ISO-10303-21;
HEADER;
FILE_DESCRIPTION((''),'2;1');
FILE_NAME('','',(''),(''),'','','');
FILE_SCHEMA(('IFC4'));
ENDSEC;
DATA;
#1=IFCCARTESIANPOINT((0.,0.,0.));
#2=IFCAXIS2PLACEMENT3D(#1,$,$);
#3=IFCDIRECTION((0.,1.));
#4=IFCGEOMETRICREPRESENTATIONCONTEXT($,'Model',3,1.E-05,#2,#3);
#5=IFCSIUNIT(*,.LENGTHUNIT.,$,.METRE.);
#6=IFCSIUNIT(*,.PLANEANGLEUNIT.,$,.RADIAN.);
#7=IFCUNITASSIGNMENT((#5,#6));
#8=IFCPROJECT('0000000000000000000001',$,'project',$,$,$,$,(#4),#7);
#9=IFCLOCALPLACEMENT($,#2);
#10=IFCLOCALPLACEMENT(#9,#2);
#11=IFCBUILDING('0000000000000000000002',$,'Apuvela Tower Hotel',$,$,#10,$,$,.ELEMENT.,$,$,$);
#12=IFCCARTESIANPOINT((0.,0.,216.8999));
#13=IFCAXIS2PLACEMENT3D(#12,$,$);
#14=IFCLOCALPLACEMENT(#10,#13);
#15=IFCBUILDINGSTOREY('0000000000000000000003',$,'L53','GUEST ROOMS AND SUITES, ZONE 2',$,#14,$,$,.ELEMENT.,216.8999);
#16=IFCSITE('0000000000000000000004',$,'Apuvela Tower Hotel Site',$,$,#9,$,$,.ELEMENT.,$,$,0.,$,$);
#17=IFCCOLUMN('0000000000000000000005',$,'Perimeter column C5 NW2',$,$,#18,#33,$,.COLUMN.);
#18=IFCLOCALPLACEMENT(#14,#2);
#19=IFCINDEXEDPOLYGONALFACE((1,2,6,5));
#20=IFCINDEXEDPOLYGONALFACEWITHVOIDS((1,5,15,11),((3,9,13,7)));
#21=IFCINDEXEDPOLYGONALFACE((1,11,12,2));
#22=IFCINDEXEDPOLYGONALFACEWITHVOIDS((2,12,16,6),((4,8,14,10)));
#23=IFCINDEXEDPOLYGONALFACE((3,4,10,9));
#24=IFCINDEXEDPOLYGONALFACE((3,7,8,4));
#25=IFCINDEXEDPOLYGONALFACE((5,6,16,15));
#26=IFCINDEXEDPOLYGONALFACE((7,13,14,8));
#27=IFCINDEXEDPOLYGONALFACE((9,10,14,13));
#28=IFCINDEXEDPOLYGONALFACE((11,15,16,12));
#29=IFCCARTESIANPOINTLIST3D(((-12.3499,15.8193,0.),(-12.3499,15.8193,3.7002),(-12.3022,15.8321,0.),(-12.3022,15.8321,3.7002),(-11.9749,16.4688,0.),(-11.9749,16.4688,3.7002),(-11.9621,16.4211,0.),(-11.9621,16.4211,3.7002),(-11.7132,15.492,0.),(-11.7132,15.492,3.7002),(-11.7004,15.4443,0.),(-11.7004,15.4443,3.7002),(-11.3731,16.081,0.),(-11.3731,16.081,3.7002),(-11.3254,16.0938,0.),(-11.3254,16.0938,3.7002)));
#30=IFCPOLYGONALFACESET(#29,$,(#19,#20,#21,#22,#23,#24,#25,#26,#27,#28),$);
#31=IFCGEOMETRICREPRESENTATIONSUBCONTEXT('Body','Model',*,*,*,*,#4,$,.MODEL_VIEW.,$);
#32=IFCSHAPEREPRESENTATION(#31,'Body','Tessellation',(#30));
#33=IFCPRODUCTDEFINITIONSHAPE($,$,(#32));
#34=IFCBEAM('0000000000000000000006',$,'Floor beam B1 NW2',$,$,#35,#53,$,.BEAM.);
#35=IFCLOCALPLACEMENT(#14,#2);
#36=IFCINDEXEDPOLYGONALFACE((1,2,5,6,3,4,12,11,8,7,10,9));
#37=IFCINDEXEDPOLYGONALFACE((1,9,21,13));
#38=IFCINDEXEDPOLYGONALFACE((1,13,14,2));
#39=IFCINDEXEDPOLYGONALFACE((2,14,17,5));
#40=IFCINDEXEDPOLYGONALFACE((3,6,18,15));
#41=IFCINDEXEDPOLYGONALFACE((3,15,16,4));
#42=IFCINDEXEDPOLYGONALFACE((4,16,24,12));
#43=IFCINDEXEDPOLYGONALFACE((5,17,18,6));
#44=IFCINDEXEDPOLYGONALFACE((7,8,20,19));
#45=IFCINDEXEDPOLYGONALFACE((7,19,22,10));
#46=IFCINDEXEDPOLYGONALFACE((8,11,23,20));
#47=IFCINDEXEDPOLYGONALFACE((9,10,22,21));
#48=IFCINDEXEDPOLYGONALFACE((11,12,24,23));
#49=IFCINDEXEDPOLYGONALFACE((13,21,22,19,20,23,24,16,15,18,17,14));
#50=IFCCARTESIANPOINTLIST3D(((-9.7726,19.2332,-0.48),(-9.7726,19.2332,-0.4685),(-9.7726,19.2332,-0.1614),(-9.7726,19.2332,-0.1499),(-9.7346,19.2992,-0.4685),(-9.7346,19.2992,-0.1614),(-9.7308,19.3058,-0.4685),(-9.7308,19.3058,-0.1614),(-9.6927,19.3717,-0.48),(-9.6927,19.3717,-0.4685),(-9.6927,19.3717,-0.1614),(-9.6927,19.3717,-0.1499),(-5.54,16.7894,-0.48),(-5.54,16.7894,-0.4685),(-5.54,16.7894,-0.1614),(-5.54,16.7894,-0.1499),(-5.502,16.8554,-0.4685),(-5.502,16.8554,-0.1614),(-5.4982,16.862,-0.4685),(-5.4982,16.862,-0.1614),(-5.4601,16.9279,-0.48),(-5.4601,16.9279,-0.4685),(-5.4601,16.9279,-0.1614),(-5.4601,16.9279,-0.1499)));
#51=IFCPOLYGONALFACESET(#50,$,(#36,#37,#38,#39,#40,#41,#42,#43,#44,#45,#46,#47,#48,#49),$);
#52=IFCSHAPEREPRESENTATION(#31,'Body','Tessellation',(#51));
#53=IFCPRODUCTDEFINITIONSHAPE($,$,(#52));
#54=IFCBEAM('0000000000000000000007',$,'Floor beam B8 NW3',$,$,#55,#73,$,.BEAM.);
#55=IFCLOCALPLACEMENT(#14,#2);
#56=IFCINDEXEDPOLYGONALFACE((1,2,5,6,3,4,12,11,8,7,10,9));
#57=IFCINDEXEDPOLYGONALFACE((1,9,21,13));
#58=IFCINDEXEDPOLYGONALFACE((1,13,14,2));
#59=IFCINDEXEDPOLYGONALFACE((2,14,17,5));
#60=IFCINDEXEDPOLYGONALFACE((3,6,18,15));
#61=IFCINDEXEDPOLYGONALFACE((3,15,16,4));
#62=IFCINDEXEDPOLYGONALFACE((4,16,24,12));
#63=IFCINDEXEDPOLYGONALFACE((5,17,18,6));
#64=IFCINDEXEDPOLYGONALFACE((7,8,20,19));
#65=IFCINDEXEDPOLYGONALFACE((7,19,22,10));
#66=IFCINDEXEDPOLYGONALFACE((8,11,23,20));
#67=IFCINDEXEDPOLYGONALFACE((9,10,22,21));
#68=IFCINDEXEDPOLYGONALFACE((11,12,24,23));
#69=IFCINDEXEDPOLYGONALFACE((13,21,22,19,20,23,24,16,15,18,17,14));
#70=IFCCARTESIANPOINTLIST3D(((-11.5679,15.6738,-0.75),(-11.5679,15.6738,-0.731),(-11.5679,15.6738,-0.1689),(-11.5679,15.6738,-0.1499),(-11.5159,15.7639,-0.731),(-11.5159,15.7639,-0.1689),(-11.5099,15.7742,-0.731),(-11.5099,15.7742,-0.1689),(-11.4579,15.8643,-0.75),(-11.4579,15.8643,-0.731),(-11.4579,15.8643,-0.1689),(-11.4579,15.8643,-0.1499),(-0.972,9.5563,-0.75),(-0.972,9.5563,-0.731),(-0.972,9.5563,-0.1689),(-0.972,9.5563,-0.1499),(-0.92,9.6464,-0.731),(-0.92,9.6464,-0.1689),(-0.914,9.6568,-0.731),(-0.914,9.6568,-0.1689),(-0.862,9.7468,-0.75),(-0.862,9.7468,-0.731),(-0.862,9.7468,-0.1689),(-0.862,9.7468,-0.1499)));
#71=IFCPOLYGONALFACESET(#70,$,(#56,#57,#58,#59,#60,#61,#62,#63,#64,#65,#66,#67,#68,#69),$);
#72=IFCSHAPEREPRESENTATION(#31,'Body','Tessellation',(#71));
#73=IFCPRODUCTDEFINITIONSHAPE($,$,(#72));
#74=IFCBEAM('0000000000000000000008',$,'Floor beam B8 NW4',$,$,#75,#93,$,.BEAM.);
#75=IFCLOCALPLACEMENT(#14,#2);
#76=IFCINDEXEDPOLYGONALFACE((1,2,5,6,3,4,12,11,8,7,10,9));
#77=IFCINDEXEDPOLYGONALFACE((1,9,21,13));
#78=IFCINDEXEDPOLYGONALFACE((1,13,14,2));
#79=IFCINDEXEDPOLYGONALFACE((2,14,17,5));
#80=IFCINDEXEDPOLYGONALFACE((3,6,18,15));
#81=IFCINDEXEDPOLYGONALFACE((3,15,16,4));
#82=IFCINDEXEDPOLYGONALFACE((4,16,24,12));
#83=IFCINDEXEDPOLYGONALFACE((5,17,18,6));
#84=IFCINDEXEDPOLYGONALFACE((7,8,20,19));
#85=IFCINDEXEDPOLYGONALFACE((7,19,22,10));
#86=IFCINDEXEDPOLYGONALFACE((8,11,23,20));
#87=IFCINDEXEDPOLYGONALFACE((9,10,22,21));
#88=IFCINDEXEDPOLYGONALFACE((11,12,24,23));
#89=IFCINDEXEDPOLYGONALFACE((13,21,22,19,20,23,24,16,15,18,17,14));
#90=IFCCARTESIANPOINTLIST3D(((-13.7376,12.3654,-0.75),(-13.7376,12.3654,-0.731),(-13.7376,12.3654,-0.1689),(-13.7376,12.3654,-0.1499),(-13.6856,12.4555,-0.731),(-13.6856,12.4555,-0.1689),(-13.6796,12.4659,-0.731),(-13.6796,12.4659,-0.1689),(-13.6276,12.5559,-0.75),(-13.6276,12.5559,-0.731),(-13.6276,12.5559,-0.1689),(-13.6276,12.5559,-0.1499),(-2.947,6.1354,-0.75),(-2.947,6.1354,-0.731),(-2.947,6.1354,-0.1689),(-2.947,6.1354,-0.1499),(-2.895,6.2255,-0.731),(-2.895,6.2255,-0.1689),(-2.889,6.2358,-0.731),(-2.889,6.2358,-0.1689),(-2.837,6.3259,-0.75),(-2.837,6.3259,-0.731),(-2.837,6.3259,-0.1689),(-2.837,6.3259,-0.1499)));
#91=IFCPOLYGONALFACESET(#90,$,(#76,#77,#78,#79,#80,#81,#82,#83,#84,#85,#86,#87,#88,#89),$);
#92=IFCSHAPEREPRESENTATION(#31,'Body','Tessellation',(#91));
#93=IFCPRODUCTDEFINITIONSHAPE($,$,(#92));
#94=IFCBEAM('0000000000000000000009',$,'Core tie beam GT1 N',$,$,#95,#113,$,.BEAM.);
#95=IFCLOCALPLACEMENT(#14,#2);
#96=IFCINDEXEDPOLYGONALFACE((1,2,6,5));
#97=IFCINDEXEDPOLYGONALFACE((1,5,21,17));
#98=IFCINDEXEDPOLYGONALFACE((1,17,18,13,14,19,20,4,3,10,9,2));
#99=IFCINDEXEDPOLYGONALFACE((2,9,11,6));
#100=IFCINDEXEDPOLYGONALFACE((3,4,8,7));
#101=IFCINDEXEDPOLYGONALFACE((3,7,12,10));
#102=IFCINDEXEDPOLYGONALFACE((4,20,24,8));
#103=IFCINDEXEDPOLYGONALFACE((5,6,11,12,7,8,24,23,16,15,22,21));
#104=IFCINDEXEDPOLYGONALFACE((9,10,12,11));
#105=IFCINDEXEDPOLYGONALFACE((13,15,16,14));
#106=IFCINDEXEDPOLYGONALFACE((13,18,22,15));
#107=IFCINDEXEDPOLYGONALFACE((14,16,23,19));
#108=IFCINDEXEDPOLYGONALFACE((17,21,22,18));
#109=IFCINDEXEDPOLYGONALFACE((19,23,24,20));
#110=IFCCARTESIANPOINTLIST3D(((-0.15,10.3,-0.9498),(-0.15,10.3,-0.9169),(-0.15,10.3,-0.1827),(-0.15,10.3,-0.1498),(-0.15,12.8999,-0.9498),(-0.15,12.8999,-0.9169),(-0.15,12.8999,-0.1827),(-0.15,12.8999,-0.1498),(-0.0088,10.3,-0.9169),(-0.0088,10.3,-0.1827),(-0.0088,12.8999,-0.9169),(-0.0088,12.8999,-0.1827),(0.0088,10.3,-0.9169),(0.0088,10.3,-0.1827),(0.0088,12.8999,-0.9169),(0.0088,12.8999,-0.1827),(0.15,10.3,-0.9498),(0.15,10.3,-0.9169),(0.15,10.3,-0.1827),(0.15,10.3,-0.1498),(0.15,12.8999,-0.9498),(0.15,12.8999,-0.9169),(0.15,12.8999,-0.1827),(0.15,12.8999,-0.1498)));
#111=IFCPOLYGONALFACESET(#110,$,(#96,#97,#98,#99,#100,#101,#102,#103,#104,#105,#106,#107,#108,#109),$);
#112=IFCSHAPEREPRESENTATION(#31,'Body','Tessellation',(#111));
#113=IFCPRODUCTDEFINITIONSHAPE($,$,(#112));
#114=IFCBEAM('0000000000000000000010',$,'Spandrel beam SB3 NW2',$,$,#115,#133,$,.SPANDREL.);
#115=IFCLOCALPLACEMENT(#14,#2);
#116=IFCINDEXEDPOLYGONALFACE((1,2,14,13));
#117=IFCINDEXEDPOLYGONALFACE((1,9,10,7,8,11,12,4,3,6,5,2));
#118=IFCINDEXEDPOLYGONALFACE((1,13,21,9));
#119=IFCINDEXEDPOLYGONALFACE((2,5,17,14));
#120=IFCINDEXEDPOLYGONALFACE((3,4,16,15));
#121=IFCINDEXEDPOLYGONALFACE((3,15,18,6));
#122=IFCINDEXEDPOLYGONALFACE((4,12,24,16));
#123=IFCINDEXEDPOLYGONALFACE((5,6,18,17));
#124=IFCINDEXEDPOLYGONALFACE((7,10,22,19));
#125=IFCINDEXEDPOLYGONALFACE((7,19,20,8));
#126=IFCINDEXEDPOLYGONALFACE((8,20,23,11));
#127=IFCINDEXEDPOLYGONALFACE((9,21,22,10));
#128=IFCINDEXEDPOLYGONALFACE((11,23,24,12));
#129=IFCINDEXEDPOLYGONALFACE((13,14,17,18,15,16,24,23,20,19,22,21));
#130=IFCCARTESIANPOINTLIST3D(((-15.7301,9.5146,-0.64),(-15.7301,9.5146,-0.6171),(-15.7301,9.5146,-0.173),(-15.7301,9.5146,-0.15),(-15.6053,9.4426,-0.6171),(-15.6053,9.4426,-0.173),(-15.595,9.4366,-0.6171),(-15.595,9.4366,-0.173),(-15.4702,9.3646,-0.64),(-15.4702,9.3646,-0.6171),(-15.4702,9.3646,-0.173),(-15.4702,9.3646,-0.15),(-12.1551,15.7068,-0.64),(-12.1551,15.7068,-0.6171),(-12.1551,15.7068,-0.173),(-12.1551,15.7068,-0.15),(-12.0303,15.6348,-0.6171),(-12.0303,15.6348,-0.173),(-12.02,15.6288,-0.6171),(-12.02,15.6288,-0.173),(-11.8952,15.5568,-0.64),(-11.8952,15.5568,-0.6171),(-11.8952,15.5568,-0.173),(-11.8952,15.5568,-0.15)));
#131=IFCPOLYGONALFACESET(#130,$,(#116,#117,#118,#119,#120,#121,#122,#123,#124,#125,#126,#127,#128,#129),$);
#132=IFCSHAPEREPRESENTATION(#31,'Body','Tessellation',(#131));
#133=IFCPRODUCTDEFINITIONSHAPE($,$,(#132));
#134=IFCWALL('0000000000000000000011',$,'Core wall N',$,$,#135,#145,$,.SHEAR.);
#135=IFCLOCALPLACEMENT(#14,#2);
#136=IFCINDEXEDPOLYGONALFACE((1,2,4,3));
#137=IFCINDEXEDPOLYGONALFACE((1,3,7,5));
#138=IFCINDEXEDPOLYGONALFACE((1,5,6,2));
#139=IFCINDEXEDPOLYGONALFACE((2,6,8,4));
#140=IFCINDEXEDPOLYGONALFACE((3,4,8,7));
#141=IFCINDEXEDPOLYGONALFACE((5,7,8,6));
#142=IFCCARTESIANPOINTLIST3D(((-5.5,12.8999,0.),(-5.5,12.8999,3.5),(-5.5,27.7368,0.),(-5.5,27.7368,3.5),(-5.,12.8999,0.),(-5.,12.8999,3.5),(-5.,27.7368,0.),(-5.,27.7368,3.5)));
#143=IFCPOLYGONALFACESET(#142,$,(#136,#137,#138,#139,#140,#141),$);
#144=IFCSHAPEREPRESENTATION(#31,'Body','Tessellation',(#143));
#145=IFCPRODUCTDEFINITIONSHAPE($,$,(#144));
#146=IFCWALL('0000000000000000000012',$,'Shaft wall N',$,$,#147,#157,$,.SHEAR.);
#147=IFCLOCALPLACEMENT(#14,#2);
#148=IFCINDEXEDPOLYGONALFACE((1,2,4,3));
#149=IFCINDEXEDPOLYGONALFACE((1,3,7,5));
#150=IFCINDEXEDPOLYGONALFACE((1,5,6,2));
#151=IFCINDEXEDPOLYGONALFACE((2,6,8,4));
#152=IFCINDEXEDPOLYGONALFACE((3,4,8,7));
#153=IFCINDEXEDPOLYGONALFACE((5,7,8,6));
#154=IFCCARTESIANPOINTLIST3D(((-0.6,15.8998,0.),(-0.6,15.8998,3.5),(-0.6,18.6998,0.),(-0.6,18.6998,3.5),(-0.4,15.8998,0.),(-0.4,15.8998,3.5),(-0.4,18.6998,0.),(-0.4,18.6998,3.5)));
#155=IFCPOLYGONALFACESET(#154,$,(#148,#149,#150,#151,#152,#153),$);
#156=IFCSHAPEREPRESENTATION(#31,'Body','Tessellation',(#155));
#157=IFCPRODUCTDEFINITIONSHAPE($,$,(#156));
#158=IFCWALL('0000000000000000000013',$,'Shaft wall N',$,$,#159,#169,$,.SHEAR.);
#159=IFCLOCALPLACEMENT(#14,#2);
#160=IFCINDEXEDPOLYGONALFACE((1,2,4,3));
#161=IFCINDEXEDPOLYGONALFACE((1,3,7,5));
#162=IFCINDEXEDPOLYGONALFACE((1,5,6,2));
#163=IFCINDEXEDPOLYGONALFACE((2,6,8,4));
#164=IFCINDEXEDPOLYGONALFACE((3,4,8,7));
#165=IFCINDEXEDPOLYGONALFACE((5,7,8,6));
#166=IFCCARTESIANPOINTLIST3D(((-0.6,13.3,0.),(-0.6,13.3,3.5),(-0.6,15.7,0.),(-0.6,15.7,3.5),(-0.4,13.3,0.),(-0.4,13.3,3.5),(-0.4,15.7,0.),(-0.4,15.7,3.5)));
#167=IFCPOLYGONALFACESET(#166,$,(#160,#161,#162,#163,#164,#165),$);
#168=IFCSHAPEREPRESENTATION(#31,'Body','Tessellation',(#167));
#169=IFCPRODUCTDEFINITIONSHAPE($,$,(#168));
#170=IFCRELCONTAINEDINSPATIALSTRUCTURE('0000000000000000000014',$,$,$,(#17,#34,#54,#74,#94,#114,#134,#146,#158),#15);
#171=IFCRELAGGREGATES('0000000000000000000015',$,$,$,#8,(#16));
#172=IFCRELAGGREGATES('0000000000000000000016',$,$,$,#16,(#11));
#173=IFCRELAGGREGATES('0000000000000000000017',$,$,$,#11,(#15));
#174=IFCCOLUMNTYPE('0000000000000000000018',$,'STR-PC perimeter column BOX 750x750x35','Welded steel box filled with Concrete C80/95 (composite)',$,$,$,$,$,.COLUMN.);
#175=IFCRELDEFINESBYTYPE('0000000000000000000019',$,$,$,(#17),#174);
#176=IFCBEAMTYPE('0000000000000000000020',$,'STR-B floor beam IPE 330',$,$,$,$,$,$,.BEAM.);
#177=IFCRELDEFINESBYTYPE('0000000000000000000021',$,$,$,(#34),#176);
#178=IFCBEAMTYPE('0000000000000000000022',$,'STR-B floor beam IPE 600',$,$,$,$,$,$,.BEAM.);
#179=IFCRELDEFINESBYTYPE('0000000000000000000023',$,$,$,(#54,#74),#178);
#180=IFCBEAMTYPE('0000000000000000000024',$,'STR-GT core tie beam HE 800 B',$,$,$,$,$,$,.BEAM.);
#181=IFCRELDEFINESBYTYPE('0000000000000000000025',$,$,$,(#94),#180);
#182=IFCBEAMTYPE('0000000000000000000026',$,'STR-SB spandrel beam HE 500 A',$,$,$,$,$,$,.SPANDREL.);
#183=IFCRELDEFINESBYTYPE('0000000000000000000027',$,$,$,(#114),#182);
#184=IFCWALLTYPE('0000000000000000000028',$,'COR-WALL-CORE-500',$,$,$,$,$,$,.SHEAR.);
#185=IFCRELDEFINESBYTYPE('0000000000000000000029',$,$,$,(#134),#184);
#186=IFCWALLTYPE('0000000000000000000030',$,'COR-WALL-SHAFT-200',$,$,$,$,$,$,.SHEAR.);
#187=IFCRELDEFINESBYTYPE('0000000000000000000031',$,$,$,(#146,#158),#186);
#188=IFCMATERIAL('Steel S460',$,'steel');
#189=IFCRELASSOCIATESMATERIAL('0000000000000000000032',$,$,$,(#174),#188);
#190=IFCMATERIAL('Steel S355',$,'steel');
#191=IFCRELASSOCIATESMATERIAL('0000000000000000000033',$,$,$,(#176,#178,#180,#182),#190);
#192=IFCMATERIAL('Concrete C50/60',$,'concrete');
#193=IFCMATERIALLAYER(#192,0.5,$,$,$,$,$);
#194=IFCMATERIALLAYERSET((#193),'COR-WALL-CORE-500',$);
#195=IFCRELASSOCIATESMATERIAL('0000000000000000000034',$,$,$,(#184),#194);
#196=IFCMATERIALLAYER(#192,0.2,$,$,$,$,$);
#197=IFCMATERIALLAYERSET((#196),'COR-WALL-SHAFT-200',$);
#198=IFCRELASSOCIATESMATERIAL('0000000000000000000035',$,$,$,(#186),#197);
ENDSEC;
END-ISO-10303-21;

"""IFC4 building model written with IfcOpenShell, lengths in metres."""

from ifc_helpers import new_model, si_unit, direction, frame, frame_2d, origin, origin_2d, place, context, subcontext, project, spatial, rectangle, hollow_rectangle, i_section, extrude, material, layer, layer_set, material_profile, profile_set, type_object, element, save


model = new_model("IFC4")

# Units and contexts
model_context = context("Model", 3, precision=1e-05, world=origin(), true_north=direction((0.0, 1.0)))
body_context = subcontext(model_context, "Body", "Model", "MODEL_VIEW")
ifc_project = project(units=[si_unit("LENGTHUNIT", "METRE"), si_unit("PLANEANGLEUNIT", "RADIAN")], contexts=[model_context])

# Site, building, storey
site_placement = place(None, origin())
site = spatial("IfcSite", under=ifc_project, at=site_placement, Name="Apuvela Tower Hotel Site", CompositionType="ELEMENT", RefElevation=0.0)
building_placement = place(site_placement, origin())
building = spatial("IfcBuilding", under=site, at=building_placement, Name="Apuvela Tower Hotel", CompositionType="ELEMENT")
storey_placement = place(building_placement, frame((0.0, 0.0, 216.8999)))
storey = spatial("IfcBuildingStorey", under=building, at=storey_placement, Name="L53", Description="GUEST ROOMS AND SUITES, ZONE 2", CompositionType="ELEMENT", Elevation=216.8999)

# Column
ifc_material_1 = material(Name="Steel S460", Category="steel")
ifc_material_profile_1 = material_profile(ifc_material_1, hollow_rectangle(XDim=0.75, YDim=0.75, WallThickness=0.0349, at=origin_2d()), Name="BOX 750x750x35")
ifc_material_2 = material(Name="Concrete C80/95", Category="concrete")
ifc_material_profile_2 = material_profile(ifc_material_2, rectangle(XDim=0.6799, YDim=0.6799, at=origin_2d()), Name="Concrete C80/95 infill")
ifc_profile_set_1 = profile_set([ifc_material_profile_1, ifc_material_profile_2], Name="Steel S460")
column_type = type_object("IfcColumnType", Name="STR-PC perimeter column BOX 750x750x35", Description="Welded steel box filled with Concrete C80/95 (composite)", PredefinedType="COLUMN", material=ifc_profile_set_1)
column_placement = place(storey_placement, frame((-11.8376, 15.9565, 0.0), z_axis=(0.0, 0.0, 1.0), x_axis=(0.5, 0.866025, 0.0)))
element("IfcColumn", 1, at=column_placement, inside=storey, type_object=column_type, Name="Perimeter column C5 NW2", PredefinedType="COLUMN", context=body_context, shape_type="SweptSolid", body=[
    extrude(hollow_rectangle(XDim=0.75, YDim=0.75, WallThickness=0.0349, at=origin_2d()), origin(), (0.0, 0.0, 1.0), 3.7002),
])

# Beams
ifc_material_3 = material(Name="Steel S355", Category="steel")
ifc_material_profile_3 = material_profile(ifc_material_3, i_section(OverallWidth=0.1599, OverallDepth=0.3301, WebThickness=0.0076, FlangeThickness=0.0115, at=origin_2d()), Name="IPE 330")
ifc_profile_set_2 = profile_set([ifc_material_profile_3], Name="Steel S355")
beam_type_1 = type_object("IfcBeamType", Name="STR-B floor beam IPE 330", PredefinedType="BEAM", material=ifc_profile_set_2)
beam_1_placement = place(storey_placement, frame((-9.7327, 19.3025, -0.3149), z_axis=(0.866015, -0.500018, 0.0), x_axis=(0.500018, 0.866015, 0.0)))
element("IfcBeam", 2, at=beam_1_placement, inside=storey, type_object=beam_type_1, Name="Floor beam B1 NW2", PredefinedType="BEAM", context=body_context, shape_type="SweptSolid", body=[
    extrude(i_section(OverallWidth=0.1599, OverallDepth=0.3301, WebThickness=0.0076, FlangeThickness=0.0115, at=origin_2d()), origin(), (0.0, 0.0, 1.0), 4.8875),
])
ifc_material_profile_4 = material_profile(ifc_material_3, i_section(OverallWidth=0.22, OverallDepth=0.6001, WebThickness=0.012, FlangeThickness=0.019, at=origin_2d()), Name="IPE 600")
ifc_profile_set_3 = profile_set([ifc_material_profile_4], Name="Steel S355")
beam_type_2 = type_object("IfcBeamType", Name="STR-B floor beam IPE 600", PredefinedType="BEAM", material=ifc_profile_set_3)
beam_2_placement = place(storey_placement, frame((-11.5129, 15.769, -0.45), z_axis=(0.86603, -0.499991, 0.0), x_axis=(0.499991, 0.86603, 0.0)))
element("IfcBeam", 3, at=beam_2_placement, inside=storey, type_object=beam_type_2, Name="Floor beam B8 NW3", PredefinedType="BEAM", context=body_context, shape_type="SweptSolid", body=[
    extrude(i_section(OverallWidth=0.22, OverallDepth=0.6001, WebThickness=0.012, FlangeThickness=0.019, at=origin_2d()), origin(), (0.0, 0.0, 1.0), 12.2351),
])
beam_3_placement = place(storey_placement, frame((-13.6826, 12.4607, -0.45), z_axis=(0.866023, -0.500004, 0.0), x_axis=(0.500004, 0.866023, 0.0)))
element("IfcBeam", 4, at=beam_3_placement, inside=storey, type_object=beam_type_2, Name="Floor beam B8 NW4", PredefinedType="BEAM", context=body_context, shape_type="SweptSolid", body=[
    extrude(i_section(OverallWidth=0.22, OverallDepth=0.6001, WebThickness=0.012, FlangeThickness=0.019, at=origin_2d()), origin(), (0.0, 0.0, 1.0), 12.46),
])
ifc_material_profile_5 = material_profile(ifc_material_3, i_section(OverallWidth=0.3, OverallDepth=0.8, WebThickness=0.0176, FlangeThickness=0.033, at=origin_2d()), Name="HE 800 B")
ifc_profile_set_4 = profile_set([ifc_material_profile_5], Name="Steel S355")
beam_type_3 = type_object("IfcBeamType", Name="STR-GT core tie beam HE 800 B", PredefinedType="BEAM", material=ifc_profile_set_4)
beam_4_placement = place(storey_placement, frame((0.0, 12.8999, -0.5498), z_axis=(0.0, -1.0, 0.0), x_axis=(1.0, 0.0, 0.0)))
element("IfcBeam", 5, at=beam_4_placement, inside=storey, type_object=beam_type_3, Name="Core tie beam GT1 N", PredefinedType="BEAM", context=body_context, shape_type="SweptSolid", body=[
    extrude(i_section(OverallWidth=0.3, OverallDepth=0.8, WebThickness=0.0176, FlangeThickness=0.033, at=origin_2d()), origin(), (0.0, 0.0, 1.0), 2.5999),
])
ifc_material_profile_6 = material_profile(ifc_material_3, i_section(OverallWidth=0.3, OverallDepth=0.49, WebThickness=0.012, FlangeThickness=0.0229, at=origin_2d()), Name="HE 500 A")
ifc_profile_set_5 = profile_set([ifc_material_profile_6], Name="Steel S355")
beam_type_4 = type_object("IfcBeamType", Name="STR-SB spandrel beam HE 500 A", PredefinedType="SPANDREL", material=ifc_profile_set_5)
beam_5_placement = place(storey_placement, frame((-12.0251, 15.6318, -0.395), z_axis=(-0.499991, -0.86603, 0.0), x_axis=(0.86603, -0.499991, 0.0)))
element("IfcBeam", 6, at=beam_5_placement, inside=storey, type_object=beam_type_4, Name="Spandrel beam SB3 NW2", PredefinedType="SPANDREL", context=body_context, shape_type="SweptSolid", body=[
    extrude(i_section(OverallWidth=0.3, OverallDepth=0.49, WebThickness=0.012, FlangeThickness=0.0229, at=origin_2d()), origin(), (0.0, 0.0, 1.0), 7.1501),
])

# Walls
ifc_material_4 = material(Name="Concrete C50/60", Category="concrete")
ifc_layer_1 = layer(ifc_material_4, 0.5)
ifc_layer_set_1 = layer_set([ifc_layer_1], Name="COR-WALL-CORE-500")
wall_type_1 = type_object("IfcWallType", Name="COR-WALL-CORE-500", PredefinedType="SHEAR", material=ifc_layer_set_1)
wall_1_placement = place(storey_placement, frame((-5.25, 12.8999, 0.0), z_axis=(0.0, 0.0, 1.0), x_axis=(0.0, 1.0, 0.0)))
element("IfcWall", 7, at=wall_1_placement, inside=storey, type_object=wall_type_1, Name="Core wall N", PredefinedType="SHEAR", context=body_context, shape_type="SweptSolid", body=[
    extrude(rectangle(XDim=14.8369, YDim=0.5, at=frame_2d((7.4185, 0.0))), origin(), (0.0, 0.0, 1.0), 3.5),
])
ifc_layer_2 = layer(ifc_material_4, 0.2)
ifc_layer_set_2 = layer_set([ifc_layer_2], Name="COR-WALL-SHAFT-200")
wall_type_2 = type_object("IfcWallType", Name="COR-WALL-SHAFT-200", PredefinedType="SHEAR", material=ifc_layer_set_2)
wall_2_placement = place(storey_placement, frame((-0.5, 15.8999, 0.0), z_axis=(0.0, 0.0, 1.0), x_axis=(0.0, 1.0, 0.0)))
element("IfcWall", 8, at=wall_2_placement, inside=storey, type_object=wall_type_2, Name="Shaft wall N", PredefinedType="SHEAR", context=body_context, shape_type="SweptSolid", body=[
    extrude(rectangle(XDim=2.8, YDim=0.2, at=frame_2d((1.3999, 0.0))), origin(), (0.0, 0.0, 1.0), 3.5),
])
wall_3_placement = place(storey_placement, frame((-0.5, 13.3, 0.0), z_axis=(0.0, 0.0, 1.0), x_axis=(0.0, 1.0, 0.0)))
element("IfcWall", 9, at=wall_3_placement, inside=storey, type_object=wall_type_2, Name="Shaft wall N", PredefinedType="SHEAR", context=body_context, shape_type="SweptSolid", body=[
    extrude(rectangle(XDim=2.3999, YDim=0.2, at=frame_2d((1.2, 0.0))), origin(), (0.0, 0.0, 1.0), 3.5),
])

save(model, "model.ifc")
